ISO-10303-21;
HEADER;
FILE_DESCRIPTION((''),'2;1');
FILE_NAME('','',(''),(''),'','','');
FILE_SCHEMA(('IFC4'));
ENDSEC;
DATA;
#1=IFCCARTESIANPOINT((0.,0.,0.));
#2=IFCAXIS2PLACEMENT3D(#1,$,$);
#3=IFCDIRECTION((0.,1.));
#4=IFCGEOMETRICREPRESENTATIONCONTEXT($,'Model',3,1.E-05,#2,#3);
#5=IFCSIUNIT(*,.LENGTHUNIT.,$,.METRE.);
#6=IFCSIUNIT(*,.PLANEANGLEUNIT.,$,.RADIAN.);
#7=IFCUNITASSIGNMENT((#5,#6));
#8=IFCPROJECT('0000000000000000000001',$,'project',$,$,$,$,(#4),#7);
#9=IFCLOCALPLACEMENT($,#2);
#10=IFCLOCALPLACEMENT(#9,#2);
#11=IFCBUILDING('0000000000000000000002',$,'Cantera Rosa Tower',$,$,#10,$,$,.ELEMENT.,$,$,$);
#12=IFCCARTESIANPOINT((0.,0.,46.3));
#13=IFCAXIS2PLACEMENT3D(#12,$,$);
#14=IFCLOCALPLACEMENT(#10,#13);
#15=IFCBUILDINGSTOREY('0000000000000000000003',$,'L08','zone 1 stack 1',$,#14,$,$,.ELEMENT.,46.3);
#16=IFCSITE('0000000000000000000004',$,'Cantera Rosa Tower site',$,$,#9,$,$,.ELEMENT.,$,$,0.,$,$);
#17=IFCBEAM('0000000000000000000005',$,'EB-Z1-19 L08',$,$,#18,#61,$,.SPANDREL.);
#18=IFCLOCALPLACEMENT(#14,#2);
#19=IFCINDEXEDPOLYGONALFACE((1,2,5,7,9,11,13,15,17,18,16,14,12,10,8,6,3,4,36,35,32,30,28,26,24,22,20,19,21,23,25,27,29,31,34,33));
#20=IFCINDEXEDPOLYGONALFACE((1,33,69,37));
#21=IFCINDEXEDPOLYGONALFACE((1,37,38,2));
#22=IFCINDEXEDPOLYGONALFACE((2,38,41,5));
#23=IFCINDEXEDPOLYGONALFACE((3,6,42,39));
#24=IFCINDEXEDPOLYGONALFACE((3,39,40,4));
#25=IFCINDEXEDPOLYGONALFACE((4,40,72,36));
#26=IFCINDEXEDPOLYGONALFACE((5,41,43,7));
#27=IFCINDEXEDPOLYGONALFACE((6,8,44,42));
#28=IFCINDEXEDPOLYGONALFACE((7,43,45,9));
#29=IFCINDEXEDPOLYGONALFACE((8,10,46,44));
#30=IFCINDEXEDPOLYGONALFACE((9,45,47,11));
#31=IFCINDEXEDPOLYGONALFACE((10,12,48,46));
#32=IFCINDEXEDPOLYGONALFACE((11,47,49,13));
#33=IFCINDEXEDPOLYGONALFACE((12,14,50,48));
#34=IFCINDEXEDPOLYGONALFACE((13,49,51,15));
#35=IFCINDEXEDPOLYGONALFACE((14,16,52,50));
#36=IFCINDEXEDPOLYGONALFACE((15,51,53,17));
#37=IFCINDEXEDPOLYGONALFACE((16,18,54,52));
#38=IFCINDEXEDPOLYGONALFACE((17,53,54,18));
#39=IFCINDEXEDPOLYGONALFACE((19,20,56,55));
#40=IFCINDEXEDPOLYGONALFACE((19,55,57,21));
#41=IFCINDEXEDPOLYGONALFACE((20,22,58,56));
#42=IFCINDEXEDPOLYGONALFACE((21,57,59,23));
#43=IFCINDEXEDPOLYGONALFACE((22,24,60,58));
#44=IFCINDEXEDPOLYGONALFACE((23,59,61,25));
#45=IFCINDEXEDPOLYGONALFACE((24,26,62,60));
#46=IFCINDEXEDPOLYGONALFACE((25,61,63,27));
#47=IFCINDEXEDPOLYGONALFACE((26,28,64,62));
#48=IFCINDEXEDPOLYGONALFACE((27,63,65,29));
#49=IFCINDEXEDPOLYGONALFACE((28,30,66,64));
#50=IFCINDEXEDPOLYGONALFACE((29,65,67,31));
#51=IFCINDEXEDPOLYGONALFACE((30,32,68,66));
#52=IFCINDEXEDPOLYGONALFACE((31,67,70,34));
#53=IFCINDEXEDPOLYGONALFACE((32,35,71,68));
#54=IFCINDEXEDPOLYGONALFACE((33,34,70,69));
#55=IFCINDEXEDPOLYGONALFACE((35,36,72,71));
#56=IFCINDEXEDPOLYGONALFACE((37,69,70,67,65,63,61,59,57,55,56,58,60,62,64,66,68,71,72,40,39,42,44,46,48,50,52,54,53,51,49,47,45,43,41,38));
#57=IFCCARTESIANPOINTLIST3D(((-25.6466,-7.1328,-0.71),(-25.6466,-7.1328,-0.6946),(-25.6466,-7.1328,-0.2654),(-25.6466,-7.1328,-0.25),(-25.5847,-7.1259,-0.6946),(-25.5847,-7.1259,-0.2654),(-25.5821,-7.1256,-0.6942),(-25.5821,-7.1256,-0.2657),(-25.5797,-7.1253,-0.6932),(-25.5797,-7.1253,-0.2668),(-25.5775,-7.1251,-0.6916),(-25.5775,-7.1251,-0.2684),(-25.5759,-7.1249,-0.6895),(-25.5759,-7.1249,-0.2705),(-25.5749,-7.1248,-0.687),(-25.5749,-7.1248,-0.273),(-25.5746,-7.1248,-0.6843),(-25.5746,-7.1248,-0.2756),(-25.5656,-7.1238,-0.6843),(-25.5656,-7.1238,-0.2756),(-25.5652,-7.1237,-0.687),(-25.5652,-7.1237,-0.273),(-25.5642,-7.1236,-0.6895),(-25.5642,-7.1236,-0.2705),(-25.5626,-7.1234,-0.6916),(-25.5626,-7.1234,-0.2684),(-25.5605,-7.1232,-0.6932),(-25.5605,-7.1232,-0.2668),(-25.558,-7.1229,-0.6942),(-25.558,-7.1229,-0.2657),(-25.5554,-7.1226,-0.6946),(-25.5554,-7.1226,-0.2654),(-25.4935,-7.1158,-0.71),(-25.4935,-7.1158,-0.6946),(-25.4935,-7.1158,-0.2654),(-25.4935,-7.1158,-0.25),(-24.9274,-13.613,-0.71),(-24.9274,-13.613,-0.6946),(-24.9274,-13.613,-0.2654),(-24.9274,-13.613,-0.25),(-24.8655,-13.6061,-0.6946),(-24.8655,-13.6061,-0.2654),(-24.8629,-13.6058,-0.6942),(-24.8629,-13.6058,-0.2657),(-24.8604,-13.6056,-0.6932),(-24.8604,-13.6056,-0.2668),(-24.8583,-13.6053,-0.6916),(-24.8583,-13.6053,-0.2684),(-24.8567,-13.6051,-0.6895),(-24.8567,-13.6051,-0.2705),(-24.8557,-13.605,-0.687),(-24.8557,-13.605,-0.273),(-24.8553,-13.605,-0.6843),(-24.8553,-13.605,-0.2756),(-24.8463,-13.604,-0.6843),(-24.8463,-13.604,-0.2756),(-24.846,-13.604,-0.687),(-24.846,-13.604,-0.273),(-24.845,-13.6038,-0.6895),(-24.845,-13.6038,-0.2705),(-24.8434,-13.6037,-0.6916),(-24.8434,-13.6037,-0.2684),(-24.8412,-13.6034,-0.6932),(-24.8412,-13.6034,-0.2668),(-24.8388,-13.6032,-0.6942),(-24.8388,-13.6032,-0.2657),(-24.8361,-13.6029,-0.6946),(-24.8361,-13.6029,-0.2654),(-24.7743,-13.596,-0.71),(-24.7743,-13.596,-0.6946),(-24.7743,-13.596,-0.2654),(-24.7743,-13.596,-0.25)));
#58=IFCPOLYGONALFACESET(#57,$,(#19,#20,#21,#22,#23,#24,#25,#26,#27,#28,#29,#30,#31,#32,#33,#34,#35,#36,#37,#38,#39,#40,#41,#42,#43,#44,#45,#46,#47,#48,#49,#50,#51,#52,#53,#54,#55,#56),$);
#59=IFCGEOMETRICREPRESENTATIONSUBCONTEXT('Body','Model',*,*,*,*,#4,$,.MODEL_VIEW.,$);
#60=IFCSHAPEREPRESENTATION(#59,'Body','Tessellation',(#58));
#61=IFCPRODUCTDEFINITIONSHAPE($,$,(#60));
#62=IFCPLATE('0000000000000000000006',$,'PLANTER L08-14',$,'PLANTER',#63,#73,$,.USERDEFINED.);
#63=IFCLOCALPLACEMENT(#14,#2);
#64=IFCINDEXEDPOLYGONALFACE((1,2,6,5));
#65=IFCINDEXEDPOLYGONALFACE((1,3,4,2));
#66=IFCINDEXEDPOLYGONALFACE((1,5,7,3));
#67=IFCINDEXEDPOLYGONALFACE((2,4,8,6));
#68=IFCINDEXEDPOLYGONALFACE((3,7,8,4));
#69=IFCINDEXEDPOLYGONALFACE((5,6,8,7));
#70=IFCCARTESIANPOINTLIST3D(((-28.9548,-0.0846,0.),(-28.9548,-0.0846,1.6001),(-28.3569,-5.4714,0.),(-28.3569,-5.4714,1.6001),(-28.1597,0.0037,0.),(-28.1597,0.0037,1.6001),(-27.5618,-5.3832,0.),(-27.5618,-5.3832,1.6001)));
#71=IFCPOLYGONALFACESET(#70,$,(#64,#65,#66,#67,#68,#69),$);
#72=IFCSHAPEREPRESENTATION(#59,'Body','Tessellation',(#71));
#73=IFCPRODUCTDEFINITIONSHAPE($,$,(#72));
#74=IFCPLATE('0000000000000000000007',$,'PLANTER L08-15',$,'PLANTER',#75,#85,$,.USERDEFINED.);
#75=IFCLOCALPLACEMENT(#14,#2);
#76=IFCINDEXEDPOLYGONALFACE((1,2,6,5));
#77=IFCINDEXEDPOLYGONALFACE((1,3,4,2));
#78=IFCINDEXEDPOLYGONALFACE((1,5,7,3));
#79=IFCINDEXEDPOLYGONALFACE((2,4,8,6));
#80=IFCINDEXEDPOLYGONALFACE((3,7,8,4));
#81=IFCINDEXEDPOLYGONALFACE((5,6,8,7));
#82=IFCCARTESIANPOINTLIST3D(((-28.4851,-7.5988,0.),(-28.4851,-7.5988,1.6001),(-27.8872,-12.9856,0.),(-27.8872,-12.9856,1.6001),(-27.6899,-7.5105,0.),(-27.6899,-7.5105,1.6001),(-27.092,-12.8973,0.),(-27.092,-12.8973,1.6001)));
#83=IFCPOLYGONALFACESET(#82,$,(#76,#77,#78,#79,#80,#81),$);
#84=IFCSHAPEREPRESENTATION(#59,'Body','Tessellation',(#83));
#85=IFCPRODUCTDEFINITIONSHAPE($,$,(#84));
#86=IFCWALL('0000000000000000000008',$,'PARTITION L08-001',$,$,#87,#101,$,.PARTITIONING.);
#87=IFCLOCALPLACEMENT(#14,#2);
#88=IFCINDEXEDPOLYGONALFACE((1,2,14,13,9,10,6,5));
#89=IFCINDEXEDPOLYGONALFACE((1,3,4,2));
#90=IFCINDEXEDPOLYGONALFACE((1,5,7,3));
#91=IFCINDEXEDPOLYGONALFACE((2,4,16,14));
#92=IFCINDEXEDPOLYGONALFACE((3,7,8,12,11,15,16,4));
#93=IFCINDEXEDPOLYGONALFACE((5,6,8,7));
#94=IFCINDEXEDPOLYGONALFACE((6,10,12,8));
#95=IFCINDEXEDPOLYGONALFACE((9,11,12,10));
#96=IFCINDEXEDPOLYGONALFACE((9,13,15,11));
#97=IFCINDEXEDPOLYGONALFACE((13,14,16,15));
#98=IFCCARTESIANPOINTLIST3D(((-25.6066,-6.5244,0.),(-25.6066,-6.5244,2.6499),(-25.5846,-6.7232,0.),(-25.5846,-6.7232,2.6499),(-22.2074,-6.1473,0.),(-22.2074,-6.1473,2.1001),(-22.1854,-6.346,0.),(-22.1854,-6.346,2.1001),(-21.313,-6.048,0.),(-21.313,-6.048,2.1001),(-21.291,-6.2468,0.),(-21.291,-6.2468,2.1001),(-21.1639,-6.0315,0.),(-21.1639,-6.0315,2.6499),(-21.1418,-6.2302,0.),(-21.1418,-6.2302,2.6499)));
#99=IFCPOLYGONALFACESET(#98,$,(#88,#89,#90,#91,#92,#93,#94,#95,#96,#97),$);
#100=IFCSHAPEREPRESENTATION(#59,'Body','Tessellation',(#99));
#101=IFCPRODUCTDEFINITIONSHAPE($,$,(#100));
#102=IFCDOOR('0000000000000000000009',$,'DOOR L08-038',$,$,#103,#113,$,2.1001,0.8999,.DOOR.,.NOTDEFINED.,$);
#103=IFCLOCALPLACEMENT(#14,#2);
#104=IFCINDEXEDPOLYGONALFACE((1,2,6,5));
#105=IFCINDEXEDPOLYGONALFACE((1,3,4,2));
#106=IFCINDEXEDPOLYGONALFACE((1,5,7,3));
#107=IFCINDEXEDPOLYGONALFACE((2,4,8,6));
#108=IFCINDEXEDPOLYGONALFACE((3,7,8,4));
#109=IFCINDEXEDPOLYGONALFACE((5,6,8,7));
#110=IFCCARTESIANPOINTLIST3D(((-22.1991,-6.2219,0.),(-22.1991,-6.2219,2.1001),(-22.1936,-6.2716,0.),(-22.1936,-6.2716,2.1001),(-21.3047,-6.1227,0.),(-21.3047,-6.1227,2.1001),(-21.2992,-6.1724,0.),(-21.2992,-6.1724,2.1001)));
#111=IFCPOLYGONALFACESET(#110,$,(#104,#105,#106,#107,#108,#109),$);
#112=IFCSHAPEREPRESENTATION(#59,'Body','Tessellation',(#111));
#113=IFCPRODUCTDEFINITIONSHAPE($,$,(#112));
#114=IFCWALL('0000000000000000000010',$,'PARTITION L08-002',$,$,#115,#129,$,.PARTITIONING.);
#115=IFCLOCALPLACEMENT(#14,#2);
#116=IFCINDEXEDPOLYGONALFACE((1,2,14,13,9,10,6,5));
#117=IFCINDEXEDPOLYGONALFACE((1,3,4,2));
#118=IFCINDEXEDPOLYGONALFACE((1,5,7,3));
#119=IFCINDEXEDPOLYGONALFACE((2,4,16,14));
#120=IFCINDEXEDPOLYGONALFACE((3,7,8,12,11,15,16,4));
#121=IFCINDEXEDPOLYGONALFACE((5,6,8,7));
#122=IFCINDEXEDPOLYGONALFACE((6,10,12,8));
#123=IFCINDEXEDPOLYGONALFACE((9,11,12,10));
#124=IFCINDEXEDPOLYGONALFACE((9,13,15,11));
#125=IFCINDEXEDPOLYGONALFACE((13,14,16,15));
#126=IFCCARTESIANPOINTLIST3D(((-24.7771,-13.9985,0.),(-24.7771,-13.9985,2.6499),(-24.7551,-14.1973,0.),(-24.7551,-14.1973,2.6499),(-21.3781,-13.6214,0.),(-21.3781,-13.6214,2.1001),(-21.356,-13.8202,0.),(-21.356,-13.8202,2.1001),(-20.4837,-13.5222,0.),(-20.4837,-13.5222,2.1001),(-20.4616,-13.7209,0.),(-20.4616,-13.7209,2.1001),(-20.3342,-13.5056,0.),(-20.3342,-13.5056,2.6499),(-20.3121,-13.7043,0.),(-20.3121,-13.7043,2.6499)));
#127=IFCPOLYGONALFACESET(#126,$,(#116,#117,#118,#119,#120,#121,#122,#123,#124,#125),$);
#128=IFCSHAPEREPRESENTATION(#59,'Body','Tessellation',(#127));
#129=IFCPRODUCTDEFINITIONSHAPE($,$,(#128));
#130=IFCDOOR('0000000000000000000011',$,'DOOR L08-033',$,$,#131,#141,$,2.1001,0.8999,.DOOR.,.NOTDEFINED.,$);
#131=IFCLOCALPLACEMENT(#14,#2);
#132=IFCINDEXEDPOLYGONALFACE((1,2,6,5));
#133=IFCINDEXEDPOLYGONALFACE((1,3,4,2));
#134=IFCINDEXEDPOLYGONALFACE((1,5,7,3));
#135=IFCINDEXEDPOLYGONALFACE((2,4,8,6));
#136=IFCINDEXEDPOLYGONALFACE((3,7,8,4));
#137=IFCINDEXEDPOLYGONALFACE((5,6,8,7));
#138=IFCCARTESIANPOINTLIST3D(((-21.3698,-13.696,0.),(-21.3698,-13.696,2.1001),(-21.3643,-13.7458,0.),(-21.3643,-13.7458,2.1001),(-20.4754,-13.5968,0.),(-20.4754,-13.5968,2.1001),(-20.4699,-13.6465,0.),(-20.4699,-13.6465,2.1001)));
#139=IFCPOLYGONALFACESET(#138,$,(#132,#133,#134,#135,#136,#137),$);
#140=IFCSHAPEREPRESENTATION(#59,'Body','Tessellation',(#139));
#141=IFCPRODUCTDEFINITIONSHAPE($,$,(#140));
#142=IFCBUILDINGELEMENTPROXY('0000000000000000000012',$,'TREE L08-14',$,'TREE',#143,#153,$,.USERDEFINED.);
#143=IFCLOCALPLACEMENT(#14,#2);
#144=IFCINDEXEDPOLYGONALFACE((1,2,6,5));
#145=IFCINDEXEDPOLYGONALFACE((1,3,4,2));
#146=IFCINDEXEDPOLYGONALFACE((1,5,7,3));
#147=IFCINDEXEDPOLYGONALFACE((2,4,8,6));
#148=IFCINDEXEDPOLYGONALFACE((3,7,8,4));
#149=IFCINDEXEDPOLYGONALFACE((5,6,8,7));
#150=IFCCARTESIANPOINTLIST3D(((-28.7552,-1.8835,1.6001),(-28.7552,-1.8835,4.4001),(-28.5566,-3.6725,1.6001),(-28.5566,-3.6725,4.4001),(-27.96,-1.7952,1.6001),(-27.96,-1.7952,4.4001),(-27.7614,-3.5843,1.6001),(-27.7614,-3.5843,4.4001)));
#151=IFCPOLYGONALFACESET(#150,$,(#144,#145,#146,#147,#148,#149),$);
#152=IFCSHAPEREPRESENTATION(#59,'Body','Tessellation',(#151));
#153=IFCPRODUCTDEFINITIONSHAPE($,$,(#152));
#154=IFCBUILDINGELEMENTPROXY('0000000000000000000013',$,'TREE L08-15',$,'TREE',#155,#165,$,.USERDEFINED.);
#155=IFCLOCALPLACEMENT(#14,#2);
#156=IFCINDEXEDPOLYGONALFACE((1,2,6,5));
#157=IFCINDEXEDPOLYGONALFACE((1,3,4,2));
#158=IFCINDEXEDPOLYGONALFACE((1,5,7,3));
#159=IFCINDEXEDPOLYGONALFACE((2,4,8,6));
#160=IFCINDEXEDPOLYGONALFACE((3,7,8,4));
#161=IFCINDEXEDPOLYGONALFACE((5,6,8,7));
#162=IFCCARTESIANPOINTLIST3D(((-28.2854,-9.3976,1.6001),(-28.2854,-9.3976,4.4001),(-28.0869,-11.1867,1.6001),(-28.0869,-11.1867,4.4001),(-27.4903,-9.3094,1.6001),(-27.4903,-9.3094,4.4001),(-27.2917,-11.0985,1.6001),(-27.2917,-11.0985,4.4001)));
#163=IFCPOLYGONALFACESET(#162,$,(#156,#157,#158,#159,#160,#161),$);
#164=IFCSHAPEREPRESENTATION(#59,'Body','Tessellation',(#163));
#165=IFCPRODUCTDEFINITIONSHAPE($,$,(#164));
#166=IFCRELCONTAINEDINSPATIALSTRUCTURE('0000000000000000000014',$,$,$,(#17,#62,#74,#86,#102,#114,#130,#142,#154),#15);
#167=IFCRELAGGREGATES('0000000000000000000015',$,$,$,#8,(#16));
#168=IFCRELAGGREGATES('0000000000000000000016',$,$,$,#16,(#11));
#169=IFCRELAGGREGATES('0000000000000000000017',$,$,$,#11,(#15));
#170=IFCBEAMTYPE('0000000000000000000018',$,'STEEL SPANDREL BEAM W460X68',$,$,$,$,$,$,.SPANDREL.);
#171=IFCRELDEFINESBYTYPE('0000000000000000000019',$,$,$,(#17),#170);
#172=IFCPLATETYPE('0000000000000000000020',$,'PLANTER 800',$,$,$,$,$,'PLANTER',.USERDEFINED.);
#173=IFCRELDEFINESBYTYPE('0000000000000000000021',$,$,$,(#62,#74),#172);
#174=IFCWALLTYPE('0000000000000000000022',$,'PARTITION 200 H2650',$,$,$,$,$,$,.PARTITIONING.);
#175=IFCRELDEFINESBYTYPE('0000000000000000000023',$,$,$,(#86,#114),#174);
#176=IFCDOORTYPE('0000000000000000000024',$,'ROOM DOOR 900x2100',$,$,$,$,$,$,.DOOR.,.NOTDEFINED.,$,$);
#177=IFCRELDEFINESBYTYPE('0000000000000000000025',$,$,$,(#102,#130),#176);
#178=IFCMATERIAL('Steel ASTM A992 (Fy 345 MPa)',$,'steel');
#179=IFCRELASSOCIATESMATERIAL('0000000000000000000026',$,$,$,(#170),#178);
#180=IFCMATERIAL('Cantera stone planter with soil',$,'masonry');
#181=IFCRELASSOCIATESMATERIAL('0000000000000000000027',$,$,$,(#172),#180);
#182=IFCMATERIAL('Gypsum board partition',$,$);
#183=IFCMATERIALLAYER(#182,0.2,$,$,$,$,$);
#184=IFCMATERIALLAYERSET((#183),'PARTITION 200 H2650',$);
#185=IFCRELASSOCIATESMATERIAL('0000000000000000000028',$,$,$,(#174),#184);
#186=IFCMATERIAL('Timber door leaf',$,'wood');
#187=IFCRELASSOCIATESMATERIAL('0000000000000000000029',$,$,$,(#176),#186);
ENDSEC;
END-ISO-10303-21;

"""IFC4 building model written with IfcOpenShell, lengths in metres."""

from ifc_helpers import new_model, si_unit, direction, frame, frame_2d, origin, origin_2d, place, context, subcontext, project, spatial, rectangle, i_section, extrude, material, layer, layer_set, material_profile, profile_set, type_object, element, fill, save


model = new_model("IFC4")

# Units and contexts
model_context = context("Model", 3, precision=1e-05, world=origin(), true_north=direction((0.0, 1.0)))
body_context = subcontext(model_context, "Body", "Model", "MODEL_VIEW")
ifc_project = project(units=[si_unit("LENGTHUNIT", "METRE"), si_unit("PLANEANGLEUNIT", "RADIAN")], contexts=[model_context])

# Site, building, storey
site_placement = place(None, origin())
site = spatial("IfcSite", under=ifc_project, at=site_placement, Name="Cantera Rosa Tower site", CompositionType="ELEMENT", RefElevation=0.0)
building_placement = place(site_placement, origin())
building = spatial("IfcBuilding", under=site, at=building_placement, Name="Cantera Rosa Tower", CompositionType="ELEMENT")
storey_placement = place(building_placement, frame((0.0, 0.0, 46.3)))
storey = spatial("IfcBuildingStorey", under=building, at=storey_placement, Name="L08", Description="zone 1 stack 1", CompositionType="ELEMENT", Elevation=46.3)

# Beam
ifc_material_1 = material(Name="Steel ASTM A992 (Fy 345 MPa)", Category="steel")
ifc_material_profile_1 = material_profile(ifc_material_1, i_section(OverallWidth=0.1541, OverallDepth=0.46, WebThickness=0.009, FlangeThickness=0.0154, FilletRadius=0.0103, at=origin_2d()), Name="W460X68")
ifc_profile_set_1 = profile_set([ifc_material_profile_1], Name="Steel ASTM A992 (Fy 345 MPa)")
beam_type_1 = type_object("IfcBeamType", Name="STEEL SPANDREL BEAM W460X68", PredefinedType="SPANDREL", material=ifc_profile_set_1)
beam_1_placement = place(storey_placement, frame((-25.5701, -7.1243, -0.48), z_axis=(0.110312, -0.993897, 0.0), x_axis=(0.993897, 0.110312, 0.0)))
element("IfcBeam", 1, at=beam_1_placement, inside=storey, type_object=beam_type_1, Name="EB-Z1-19 L08", PredefinedType="SPANDREL", context=body_context, shape_type="SweptSolid", body=[
    extrude(i_section(OverallWidth=0.1541, OverallDepth=0.46, WebThickness=0.009, FlangeThickness=0.0154, FilletRadius=0.0103, at=origin_2d()), origin(), (0.0, 0.0, 1.0), 6.52),
])

# Plates
ifc_material_2 = material(Name="Cantera stone planter with soil", Category="masonry")
plate_type = type_object("IfcPlateType", Name="PLANTER 800", ElementType="PLANTER", PredefinedType="USERDEFINED", material=ifc_material_2)
for number, where, z_axis, x_axis, name in (
    (2, (-28.2583, -2.7339, 0.0), (0.0, 0.0, 1.0), (0.110313, -0.993897, 0.0), "PLANTER L08-14"),
    (3, (-27.7886, -10.248, 0.0), (0.0, 0.0, 1.0), (0.110313, -0.993897, 0.0), "PLANTER L08-15"),
):
    element("IfcPlate", number, at=place(storey_placement, frame(where, z_axis=z_axis, x_axis=x_axis)), inside=storey, type_object=plate_type, Name=name, ObjectType="PLANTER", PredefinedType="USERDEFINED", context=body_context, shape_type="SweptSolid", body=[
        extrude(rectangle(XDim=5.4199, YDim=0.8, at=origin_2d()), origin(), (0.0, 0.0, 1.0), 1.6001),
    ])

# Walls, openings, doors
ifc_material_3 = material(Name="Gypsum board partition")
ifc_layer_1 = layer(ifc_material_3, 0.2)
ifc_layer_set_1 = layer_set([ifc_layer_1], Name="PARTITION 200 H2650")
wall_type_1 = type_object("IfcWallType", Name="PARTITION 200 H2650", PredefinedType="PARTITIONING", material=ifc_layer_set_1)
wall_1_placement = place(storey_placement, frame((-25.5955, -6.6238, 0.0), z_axis=(0.0, 0.0, 1.0), x_axis=(0.993901, 0.110276, 0.0)))
wall_1 = element("IfcWall", 4, at=wall_1_placement, inside=storey, type_object=wall_type_1, Name="PARTITION L08-001", PredefinedType="PARTITIONING", context=body_context, shape_type="SweptSolid", body=[
    extrude(rectangle(XDim=4.47, YDim=0.2, at=frame_2d((2.2349, 0.0))), origin(), (0.0, 0.0, 1.0), 2.6499),
])
opening_1_placement = place(wall_1_placement, frame((3.4199, 0.0, 0.0)))
opening_1 = element("IfcOpeningElement", 5, at=opening_1_placement, cuts=wall_1, PredefinedType="OPENING", context=body_context, shape_type="SweptSolid", body=[
    extrude(rectangle(XDim=0.8999, YDim=2.1001, at=frame_2d((0.45, 1.05))), frame((0.0, 0.1099, 0.0), z_axis=(0.0, -1.0, 0.0), x_axis=(1.0, 0.0, 0.0)), (0.0, 0.0, 1.0), 0.22),
])
ifc_material_4 = material(Name="Timber door leaf", Category="wood")
door_type_1 = type_object("IfcDoorType", Name="ROOM DOOR 900x2100", OperationType="NOTDEFINED", PredefinedType="DOOR", material=ifc_material_4)
door_1_placement = place(opening_1_placement, origin())
door_1 = element("IfcDoor", 6, at=door_1_placement, inside=storey, type_object=door_type_1, Name="DOOR L08-038", OperationType="NOTDEFINED", OverallHeight=2.1001, OverallWidth=0.8999, PredefinedType="DOOR", context=body_context, shape_type="SweptSolid", body=[
    extrude(rectangle(XDim=0.8999, YDim=2.1001, at=frame_2d((0.45, 1.05))), frame((0.0, 0.0249, 0.0), z_axis=(0.0, -1.0, 0.0), x_axis=(1.0, 0.0, 0.0)), (0.0, 0.0, 1.0), 0.05),
])
fill(opening_1, door_1)
wall_2_placement = place(storey_placement, frame((-24.7661, -14.0979, 0.0), z_axis=(0.0, 0.0, 1.0), x_axis=(0.993902, 0.11027, 0.0)))
wall_2 = element("IfcWall", 7, at=wall_2_placement, inside=storey, type_object=wall_type_1, Name="PARTITION L08-002", PredefinedType="PARTITIONING", context=body_context, shape_type="SweptSolid", body=[
    extrude(rectangle(XDim=4.4702, YDim=0.2, at=frame_2d((2.2351, 0.0))), origin(), (0.0, 0.0, 1.0), 2.6499),
])
opening_2_placement = place(wall_2_placement, frame((3.4199, 0.0, 0.0)))
opening_2 = element("IfcOpeningElement", 8, at=opening_2_placement, cuts=wall_2, PredefinedType="OPENING", context=body_context, shape_type="SweptSolid", body=[
    extrude(rectangle(XDim=0.8999, YDim=2.1001, at=frame_2d((0.45, 1.05))), frame((0.0, 0.1099, 0.0), z_axis=(0.0, -1.0, 0.0), x_axis=(1.0, 0.0, 0.0)), (0.0, 0.0, 1.0), 0.22),
])
door_2_placement = place(opening_2_placement, origin())
door_2 = element("IfcDoor", 9, at=door_2_placement, inside=storey, type_object=door_type_1, Name="DOOR L08-033", OperationType="NOTDEFINED", OverallHeight=2.1001, OverallWidth=0.8999, PredefinedType="DOOR", context=body_context, shape_type="SweptSolid", body=[
    extrude(rectangle(XDim=0.8999, YDim=2.1001, at=frame_2d((0.45, 1.05))), frame((0.0, 0.0249, 0.0), z_axis=(0.0, -1.0, 0.0), x_axis=(1.0, 0.0, 0.0)), (0.0, 0.0, 1.0), 0.05),
])
fill(opening_2, door_2)

# Building element proxies
for number, where, z_axis, x_axis, name in (
    (10, (-28.2583, -2.7339, 1.6001), (0.0, 0.0, 1.0), (0.110313, -0.993897, 0.0), "TREE L08-14"),
    (11, (-27.7886, -10.248, 1.6001), (0.0, 0.0, 1.0), (0.110313, -0.993897, 0.0), "TREE L08-15"),
):
    element("IfcBuildingElementProxy", number, at=place(storey_placement, frame(where, z_axis=z_axis, x_axis=x_axis)), inside=storey, Name=name, ObjectType="TREE", PredefinedType="USERDEFINED", context=body_context, shape_type="SweptSolid", body=[
        extrude(rectangle(XDim=1.8, YDim=0.8, at=origin_2d()), origin(), (0.0, 0.0, 1.0), 2.8),
    ])

save(model, "model.ifc")
